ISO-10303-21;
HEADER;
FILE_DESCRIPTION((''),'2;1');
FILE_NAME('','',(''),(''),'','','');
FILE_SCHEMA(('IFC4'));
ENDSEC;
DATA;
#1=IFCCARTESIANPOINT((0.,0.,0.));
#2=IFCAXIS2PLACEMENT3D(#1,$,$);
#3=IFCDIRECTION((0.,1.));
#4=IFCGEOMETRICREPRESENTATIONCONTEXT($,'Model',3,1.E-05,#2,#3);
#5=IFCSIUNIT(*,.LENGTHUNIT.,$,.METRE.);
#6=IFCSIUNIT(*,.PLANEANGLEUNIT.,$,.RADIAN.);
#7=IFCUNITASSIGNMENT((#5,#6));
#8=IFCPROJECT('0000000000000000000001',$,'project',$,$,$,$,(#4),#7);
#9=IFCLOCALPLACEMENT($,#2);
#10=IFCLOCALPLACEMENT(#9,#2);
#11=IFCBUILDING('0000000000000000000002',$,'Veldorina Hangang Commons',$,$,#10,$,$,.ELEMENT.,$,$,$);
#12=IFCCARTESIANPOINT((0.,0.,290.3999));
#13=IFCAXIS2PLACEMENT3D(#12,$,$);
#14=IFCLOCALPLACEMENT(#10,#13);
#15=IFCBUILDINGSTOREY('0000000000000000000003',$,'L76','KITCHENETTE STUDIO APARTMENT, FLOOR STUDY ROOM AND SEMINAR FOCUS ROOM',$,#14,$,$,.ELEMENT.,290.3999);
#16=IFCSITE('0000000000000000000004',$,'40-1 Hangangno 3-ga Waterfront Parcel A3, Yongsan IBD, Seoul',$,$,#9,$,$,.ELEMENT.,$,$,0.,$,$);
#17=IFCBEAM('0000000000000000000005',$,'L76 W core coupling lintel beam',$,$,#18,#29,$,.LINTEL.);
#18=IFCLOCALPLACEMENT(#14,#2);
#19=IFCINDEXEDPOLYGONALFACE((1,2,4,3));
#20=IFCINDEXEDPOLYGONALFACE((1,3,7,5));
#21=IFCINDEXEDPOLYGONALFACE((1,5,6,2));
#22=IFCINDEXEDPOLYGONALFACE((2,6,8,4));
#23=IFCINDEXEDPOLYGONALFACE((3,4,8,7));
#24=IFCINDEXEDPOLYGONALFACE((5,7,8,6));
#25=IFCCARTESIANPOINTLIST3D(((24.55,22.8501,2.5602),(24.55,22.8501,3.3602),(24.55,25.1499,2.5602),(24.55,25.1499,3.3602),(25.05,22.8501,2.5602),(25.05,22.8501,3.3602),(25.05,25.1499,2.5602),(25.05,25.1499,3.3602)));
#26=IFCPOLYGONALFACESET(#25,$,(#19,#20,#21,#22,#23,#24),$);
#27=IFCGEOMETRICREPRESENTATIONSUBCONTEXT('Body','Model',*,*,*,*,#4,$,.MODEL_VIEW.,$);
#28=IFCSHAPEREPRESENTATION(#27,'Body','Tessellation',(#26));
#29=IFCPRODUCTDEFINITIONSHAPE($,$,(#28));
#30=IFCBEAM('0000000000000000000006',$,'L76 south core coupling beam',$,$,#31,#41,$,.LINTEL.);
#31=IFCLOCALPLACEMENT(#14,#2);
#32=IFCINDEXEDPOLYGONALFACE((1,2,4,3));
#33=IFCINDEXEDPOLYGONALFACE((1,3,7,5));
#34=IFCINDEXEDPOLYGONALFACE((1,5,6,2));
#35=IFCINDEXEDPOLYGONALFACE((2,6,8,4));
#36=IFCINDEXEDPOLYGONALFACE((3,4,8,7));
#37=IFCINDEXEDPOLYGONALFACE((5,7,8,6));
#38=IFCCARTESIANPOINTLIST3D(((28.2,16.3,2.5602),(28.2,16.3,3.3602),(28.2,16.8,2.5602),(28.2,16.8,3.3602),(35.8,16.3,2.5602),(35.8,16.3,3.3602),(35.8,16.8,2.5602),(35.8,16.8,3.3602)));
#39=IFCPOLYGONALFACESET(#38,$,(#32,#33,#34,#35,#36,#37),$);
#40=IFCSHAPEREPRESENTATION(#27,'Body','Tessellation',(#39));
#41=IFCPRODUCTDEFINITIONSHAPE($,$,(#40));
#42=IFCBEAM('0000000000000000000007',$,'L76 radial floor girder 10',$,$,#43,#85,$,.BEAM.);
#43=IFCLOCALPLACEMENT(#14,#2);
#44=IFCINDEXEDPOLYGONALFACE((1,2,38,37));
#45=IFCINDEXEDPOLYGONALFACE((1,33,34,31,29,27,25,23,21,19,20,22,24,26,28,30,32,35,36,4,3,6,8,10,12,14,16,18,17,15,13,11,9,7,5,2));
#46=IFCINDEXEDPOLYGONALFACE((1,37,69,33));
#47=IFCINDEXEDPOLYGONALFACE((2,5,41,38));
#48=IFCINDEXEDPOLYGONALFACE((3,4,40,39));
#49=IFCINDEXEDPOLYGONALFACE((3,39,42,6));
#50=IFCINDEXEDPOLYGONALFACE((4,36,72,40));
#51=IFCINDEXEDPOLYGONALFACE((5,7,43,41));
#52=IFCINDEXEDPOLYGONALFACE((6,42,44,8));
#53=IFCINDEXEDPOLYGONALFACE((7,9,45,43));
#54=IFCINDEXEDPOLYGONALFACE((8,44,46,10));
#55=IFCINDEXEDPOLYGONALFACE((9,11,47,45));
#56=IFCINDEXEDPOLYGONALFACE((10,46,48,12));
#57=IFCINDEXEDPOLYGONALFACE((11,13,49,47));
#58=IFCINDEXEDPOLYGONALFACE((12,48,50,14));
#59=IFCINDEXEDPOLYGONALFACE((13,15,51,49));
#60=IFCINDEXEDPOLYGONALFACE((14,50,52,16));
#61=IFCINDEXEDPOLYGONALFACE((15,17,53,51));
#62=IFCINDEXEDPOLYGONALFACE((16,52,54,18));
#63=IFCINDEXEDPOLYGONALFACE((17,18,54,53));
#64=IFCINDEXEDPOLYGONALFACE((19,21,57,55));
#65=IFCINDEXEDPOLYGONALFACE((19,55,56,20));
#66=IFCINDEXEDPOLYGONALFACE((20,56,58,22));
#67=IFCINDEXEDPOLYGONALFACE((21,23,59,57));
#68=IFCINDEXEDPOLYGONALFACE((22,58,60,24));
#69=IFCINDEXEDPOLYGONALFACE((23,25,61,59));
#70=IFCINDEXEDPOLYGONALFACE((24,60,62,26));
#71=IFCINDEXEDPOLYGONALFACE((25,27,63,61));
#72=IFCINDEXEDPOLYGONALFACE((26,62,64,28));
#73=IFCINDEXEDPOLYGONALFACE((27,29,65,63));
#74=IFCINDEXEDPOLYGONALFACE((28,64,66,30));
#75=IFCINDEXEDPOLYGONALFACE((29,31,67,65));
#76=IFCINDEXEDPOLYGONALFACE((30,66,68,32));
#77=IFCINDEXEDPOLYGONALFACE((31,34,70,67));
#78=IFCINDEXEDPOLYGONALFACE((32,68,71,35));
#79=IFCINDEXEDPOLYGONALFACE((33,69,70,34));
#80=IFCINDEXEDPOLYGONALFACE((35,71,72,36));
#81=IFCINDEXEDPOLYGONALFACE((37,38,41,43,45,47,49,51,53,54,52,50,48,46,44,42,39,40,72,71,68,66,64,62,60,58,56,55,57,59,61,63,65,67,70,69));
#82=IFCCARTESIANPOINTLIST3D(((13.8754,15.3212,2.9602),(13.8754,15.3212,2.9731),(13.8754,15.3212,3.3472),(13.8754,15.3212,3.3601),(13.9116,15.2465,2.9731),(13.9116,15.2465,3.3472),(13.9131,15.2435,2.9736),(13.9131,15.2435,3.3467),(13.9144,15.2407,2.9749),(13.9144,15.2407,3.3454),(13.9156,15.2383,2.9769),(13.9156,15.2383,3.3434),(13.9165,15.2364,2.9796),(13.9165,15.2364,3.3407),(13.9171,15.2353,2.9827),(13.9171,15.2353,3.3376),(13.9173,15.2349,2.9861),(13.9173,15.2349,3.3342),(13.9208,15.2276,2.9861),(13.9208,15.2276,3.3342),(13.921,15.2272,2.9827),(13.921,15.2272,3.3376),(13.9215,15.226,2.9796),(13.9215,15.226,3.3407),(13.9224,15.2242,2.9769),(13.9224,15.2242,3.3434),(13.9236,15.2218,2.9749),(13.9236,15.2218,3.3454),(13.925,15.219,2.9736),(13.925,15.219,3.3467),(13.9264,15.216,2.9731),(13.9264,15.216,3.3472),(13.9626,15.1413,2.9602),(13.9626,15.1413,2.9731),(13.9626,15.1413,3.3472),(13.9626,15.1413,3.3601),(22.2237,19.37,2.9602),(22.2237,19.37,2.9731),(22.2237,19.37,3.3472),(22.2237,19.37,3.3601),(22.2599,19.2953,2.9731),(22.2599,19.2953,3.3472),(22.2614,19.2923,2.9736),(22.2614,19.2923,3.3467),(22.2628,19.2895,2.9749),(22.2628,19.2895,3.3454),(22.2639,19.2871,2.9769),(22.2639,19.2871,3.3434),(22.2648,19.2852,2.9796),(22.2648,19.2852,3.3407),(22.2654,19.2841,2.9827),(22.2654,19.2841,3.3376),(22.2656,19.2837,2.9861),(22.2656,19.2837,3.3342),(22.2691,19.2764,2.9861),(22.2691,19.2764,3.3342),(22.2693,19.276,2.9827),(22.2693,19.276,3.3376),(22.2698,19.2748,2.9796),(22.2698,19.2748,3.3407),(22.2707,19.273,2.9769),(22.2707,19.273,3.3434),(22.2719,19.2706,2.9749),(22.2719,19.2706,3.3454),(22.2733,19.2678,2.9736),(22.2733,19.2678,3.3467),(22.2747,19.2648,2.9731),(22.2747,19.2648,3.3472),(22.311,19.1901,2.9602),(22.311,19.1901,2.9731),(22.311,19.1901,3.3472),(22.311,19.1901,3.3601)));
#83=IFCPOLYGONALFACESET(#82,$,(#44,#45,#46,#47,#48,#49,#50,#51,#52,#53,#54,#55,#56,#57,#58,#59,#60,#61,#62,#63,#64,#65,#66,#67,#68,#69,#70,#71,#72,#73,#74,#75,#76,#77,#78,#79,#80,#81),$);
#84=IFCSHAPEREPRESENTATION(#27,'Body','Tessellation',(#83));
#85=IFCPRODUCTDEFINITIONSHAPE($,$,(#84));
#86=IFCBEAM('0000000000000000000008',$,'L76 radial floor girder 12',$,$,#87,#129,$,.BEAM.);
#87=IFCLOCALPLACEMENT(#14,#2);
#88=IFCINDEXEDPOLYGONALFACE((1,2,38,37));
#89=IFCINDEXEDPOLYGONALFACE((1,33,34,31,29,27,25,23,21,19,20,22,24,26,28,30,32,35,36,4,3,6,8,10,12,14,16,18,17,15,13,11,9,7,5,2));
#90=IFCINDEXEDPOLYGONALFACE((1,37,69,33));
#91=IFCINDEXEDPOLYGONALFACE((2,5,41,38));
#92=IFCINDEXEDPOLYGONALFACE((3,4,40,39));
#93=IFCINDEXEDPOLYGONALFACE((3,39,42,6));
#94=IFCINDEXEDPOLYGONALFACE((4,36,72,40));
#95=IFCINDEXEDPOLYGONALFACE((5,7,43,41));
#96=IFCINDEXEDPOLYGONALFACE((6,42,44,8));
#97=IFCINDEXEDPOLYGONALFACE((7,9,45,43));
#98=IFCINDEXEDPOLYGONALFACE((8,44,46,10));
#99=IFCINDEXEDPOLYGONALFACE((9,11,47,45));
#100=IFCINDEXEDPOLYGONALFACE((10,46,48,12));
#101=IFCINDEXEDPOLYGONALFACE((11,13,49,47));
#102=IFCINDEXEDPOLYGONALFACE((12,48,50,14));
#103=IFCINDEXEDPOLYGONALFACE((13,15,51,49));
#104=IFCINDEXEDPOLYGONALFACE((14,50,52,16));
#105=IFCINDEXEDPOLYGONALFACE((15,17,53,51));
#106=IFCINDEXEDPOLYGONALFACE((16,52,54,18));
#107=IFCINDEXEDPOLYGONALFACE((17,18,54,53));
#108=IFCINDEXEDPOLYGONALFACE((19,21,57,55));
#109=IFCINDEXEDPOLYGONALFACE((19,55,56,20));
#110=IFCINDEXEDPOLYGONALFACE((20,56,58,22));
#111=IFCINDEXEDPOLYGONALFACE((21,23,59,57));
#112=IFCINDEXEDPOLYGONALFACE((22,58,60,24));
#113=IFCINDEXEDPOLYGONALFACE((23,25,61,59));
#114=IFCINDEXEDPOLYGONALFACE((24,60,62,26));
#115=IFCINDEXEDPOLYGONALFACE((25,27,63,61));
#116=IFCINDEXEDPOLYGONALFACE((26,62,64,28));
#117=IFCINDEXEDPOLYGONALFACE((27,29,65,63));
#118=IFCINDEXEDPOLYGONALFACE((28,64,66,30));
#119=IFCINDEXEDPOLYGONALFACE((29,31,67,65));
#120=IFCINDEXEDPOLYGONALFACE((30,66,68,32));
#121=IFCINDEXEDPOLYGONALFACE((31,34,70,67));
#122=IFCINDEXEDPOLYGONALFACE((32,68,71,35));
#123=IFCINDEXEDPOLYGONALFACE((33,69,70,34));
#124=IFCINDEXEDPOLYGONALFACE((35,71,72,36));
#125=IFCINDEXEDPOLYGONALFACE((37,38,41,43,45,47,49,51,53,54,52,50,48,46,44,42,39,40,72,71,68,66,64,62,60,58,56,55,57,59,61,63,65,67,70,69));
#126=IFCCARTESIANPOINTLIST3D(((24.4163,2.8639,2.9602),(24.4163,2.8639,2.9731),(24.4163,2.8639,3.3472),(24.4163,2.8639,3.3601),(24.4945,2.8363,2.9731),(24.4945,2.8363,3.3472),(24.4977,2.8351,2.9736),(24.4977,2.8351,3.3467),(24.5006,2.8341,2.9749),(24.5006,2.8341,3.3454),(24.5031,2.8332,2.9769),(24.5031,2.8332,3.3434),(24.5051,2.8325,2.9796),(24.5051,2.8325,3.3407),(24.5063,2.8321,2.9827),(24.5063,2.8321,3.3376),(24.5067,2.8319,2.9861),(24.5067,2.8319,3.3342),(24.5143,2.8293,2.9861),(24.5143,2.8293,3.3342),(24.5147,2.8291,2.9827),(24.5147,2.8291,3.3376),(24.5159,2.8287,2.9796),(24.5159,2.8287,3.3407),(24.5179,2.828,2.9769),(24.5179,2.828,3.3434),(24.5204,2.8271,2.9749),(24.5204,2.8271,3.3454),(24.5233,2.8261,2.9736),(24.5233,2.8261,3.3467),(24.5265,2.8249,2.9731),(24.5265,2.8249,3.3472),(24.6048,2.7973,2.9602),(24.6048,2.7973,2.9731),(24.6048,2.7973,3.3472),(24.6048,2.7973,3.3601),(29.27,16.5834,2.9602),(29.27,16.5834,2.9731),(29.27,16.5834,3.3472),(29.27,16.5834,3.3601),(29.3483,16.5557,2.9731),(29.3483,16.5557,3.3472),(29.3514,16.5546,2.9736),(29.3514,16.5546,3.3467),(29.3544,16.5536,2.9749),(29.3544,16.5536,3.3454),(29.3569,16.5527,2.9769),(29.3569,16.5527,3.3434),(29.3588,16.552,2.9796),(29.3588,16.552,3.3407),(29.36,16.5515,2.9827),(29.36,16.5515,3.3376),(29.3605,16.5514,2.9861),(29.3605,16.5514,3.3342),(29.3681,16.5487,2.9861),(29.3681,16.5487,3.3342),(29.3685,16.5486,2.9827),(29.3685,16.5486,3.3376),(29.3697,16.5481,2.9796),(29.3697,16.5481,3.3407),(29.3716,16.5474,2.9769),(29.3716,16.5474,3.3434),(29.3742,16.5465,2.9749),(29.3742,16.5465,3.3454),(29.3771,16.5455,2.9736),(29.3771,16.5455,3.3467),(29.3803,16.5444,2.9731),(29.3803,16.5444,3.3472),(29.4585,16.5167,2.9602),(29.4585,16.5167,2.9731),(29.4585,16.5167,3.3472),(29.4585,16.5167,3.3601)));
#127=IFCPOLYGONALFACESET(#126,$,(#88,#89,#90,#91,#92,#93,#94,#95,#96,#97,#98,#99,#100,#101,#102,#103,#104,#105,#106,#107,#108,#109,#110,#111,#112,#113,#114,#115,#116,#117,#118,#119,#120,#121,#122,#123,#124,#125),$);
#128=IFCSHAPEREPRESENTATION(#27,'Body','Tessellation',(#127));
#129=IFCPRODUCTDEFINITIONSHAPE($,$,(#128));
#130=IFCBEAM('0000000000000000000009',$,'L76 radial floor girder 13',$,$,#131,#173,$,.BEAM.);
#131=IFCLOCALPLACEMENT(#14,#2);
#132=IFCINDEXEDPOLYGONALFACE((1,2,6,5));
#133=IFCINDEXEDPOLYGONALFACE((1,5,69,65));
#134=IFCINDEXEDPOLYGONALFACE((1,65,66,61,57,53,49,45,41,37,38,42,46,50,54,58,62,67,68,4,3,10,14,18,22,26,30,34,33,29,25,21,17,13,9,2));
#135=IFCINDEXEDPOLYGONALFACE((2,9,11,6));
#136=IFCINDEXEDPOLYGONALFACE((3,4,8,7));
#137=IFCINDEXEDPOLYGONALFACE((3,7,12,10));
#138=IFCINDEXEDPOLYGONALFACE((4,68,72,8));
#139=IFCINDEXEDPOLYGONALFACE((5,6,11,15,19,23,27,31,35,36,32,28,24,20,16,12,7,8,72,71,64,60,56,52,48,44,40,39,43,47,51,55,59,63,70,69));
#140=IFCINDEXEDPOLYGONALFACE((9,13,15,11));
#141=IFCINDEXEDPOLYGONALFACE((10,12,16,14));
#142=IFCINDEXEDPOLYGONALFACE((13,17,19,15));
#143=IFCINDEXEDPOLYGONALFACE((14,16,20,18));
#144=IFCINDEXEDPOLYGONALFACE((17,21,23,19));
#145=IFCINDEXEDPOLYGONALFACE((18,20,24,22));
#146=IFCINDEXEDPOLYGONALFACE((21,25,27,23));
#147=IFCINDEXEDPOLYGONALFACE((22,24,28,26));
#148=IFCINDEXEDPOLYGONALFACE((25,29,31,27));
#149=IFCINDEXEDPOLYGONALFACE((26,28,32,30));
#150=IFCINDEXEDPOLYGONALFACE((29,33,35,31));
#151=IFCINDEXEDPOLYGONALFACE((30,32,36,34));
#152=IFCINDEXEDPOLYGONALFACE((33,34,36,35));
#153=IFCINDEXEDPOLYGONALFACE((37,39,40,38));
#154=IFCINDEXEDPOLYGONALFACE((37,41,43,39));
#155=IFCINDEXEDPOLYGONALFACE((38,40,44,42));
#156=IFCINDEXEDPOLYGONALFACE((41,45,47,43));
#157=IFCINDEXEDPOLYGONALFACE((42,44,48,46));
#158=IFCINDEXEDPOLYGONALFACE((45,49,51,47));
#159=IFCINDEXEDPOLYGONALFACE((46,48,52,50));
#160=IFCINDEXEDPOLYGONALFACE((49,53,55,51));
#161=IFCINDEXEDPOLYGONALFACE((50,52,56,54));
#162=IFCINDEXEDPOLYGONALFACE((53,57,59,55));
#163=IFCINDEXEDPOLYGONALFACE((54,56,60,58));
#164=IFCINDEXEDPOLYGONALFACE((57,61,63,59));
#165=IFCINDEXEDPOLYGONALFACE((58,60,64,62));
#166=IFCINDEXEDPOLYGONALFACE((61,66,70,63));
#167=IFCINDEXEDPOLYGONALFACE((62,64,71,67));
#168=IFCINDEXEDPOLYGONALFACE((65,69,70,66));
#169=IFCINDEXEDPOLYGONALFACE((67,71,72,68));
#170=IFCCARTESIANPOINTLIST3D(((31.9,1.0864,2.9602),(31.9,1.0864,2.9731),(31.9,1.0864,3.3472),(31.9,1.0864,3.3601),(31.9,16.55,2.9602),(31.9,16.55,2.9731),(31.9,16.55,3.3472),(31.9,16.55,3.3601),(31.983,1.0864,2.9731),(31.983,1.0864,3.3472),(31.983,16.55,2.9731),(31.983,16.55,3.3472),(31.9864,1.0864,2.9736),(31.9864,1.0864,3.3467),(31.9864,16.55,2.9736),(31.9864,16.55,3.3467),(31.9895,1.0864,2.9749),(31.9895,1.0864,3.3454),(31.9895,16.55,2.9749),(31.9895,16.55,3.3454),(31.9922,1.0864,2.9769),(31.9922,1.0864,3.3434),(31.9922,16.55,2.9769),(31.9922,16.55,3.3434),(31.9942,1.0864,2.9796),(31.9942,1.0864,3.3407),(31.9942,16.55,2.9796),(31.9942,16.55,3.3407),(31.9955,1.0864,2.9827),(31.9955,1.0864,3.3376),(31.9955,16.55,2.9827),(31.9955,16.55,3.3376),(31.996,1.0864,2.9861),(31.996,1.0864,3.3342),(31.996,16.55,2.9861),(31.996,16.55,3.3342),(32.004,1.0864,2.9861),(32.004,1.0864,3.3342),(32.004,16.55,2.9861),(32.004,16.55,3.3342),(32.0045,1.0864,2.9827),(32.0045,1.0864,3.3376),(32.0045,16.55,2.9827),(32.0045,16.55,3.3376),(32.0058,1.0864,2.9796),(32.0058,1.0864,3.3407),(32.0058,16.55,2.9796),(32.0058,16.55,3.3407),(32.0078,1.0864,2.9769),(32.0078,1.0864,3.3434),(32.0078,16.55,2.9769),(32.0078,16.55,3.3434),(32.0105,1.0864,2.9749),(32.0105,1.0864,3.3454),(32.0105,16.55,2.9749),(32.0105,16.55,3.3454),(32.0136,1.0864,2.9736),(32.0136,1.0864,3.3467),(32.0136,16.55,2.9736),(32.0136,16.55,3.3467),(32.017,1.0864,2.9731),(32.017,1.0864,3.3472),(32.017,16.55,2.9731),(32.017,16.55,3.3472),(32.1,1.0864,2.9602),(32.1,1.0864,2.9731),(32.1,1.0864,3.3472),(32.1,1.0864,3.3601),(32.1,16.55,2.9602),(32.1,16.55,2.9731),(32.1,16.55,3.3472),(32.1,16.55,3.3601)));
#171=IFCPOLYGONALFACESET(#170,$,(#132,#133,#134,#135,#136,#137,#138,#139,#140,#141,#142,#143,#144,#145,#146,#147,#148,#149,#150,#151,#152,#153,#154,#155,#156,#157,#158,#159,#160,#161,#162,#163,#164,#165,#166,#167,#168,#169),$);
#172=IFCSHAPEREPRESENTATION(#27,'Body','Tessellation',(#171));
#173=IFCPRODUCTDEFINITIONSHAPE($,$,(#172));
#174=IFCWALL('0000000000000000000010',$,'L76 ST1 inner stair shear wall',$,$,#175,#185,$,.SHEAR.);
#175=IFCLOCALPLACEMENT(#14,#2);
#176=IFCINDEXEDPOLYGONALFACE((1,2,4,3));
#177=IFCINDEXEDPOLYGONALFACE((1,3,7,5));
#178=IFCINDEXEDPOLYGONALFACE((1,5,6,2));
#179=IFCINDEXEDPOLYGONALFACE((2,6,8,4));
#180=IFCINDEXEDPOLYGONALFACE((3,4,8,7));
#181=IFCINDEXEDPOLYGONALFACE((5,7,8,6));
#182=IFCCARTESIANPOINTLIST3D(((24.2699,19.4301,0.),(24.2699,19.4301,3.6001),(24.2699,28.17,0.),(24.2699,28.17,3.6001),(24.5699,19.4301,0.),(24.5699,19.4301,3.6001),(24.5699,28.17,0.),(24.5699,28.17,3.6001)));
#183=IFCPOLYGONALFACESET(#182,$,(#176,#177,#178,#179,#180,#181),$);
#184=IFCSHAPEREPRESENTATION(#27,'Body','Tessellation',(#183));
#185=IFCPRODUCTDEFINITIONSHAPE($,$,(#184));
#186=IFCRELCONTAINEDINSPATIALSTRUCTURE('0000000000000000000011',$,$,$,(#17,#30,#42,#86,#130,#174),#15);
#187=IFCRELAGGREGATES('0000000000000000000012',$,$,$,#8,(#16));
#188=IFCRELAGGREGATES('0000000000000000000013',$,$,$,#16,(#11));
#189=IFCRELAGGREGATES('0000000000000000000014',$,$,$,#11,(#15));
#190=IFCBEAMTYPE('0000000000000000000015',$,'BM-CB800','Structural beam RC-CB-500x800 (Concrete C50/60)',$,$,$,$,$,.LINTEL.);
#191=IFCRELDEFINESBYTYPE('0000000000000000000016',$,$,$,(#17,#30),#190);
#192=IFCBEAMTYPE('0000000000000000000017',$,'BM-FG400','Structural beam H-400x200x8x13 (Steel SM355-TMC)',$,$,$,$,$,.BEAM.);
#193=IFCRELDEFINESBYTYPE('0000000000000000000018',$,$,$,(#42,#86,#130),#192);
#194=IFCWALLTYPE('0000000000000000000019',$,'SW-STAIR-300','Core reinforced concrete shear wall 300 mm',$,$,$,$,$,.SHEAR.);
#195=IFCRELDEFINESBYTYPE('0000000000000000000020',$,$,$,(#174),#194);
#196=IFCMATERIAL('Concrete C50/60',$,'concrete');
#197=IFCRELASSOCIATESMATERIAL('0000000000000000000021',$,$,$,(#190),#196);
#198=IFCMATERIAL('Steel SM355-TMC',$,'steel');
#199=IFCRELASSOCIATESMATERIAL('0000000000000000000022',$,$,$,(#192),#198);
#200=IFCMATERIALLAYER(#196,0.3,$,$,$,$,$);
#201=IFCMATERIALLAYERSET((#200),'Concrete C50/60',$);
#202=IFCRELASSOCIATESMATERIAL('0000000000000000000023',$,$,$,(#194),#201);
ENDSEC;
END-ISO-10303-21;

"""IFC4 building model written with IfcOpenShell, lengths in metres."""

from ifc_helpers import new_model, si_unit, direction, frame, frame_2d, origin, origin_2d, place, context, subcontext, project, spatial, rectangle, i_section, extrude, material, layer, layer_set, material_profile, profile_set, type_object, element, save


model = new_model("IFC4")

# Units and contexts
model_context = context("Model", 3, precision=1e-05, world=origin(), true_north=direction((0.0, 1.0)))
body_context = subcontext(model_context, "Body", "Model", "MODEL_VIEW")
ifc_project = project(units=[si_unit("LENGTHUNIT", "METRE"), si_unit("PLANEANGLEUNIT", "RADIAN")], contexts=[model_context])

# Site, building, storey
site_placement = place(None, origin())
site = spatial("IfcSite", under=ifc_project, at=site_placement, Name="40-1 Hangangno 3-ga Waterfront Parcel A3, Yongsan IBD, Seoul", CompositionType="ELEMENT", RefElevation=0.0)
building_placement = place(site_placement, origin())
building = spatial("IfcBuilding", under=site, at=building_placement, Name="Veldorina Hangang Commons", CompositionType="ELEMENT")
storey_placement = place(building_placement, frame((0.0, 0.0, 290.3999)))
storey = spatial("IfcBuildingStorey", under=building, at=storey_placement, Name="L76", Description="KITCHENETTE STUDIO APARTMENT, FLOOR STUDY ROOM AND SEMINAR FOCUS ROOM", CompositionType="ELEMENT", Elevation=290.3999)

# Beams
ifc_material_1 = material(Name="Concrete C50/60", Category="concrete")
ifc_material_profile_1 = material_profile(ifc_material_1, rectangle(XDim=0.5, YDim=0.8, at=origin_2d()), Name="RC-CB-500x800")
ifc_profile_set_1 = profile_set([ifc_material_profile_1], Name="Concrete C50/60")
beam_type_1 = type_object("IfcBeamType", Name="BM-CB800", Description="Structural beam RC-CB-500x800 (Concrete C50/60)", PredefinedType="LINTEL", material=ifc_profile_set_1)
beam_1_placement = place(storey_placement, frame((24.8, 22.8501, 2.9602), z_axis=(0.0, 1.0, 0.0), x_axis=(-1.0, 0.0, 0.0)))
element("IfcBeam", 1, at=beam_1_placement, inside=storey, type_object=beam_type_1, Name="L76 W core coupling lintel beam", PredefinedType="LINTEL", context=body_context, shape_type="SweptSolid", body=[
    extrude(rectangle(XDim=0.5, YDim=0.8, at=origin_2d()), origin(), (0.0, 0.0, 1.0), 2.2998),
])
beam_2_placement = place(storey_placement, frame((28.2, 16.55, 2.9602), z_axis=(1.0, 0.0, 0.0), x_axis=(0.0, 1.0, 0.0)))
element("IfcBeam", 2, at=beam_2_placement, inside=storey, type_object=beam_type_1, Name="L76 south core coupling beam", PredefinedType="LINTEL", context=body_context, shape_type="SweptSolid", body=[
    extrude(rectangle(XDim=0.5, YDim=0.8, at=origin_2d()), origin(), (0.0, 0.0, 1.0), 7.6001),
])
ifc_material_2 = material(Name="Steel SM355-TMC", Category="steel")
ifc_material_profile_2 = material_profile(ifc_material_2, i_section(OverallWidth=0.2, OverallDepth=0.3999, WebThickness=0.0081, FlangeThickness=0.0129, FilletRadius=0.0129, at=origin_2d()), Name="H-400x200x8x13")
ifc_profile_set_2 = profile_set([ifc_material_profile_2], Name="Steel SM355-TMC")
beam_type_2 = type_object("IfcBeamType", Name="BM-FG400", Description="Structural beam H-400x200x8x13 (Steel SM355-TMC)", PredefinedType="BEAM", material=ifc_profile_set_2)
beam_3_placement = place(storey_placement, frame((22.2673, 19.28, 3.1602), z_axis=(-0.899767, -0.436372, 0.0), x_axis=(0.436372, -0.899767, 0.0)))
element("IfcBeam", 3, at=beam_3_placement, inside=storey, type_object=beam_type_2, Name="L76 radial floor girder 10", PredefinedType="BEAM", context=body_context, shape_type="SweptSolid", body=[
    extrude(i_section(OverallWidth=0.2, OverallDepth=0.3999, WebThickness=0.0081, FlangeThickness=0.0129, FilletRadius=0.0129, at=origin_2d()), origin(), (0.0, 0.0, 1.0), 9.2783),
])
beam_4_placement = place(storey_placement, frame((29.3643, 16.55, 3.1602), z_axis=(-0.333528, -0.94274, 0.0), x_axis=(0.94274, -0.333528, 0.0)))
element("IfcBeam", 4, at=beam_4_placement, inside=storey, type_object=beam_type_2, Name="L76 radial floor girder 12", PredefinedType="BEAM", context=body_context, shape_type="SweptSolid", body=[
    extrude(i_section(OverallWidth=0.2, OverallDepth=0.3999, WebThickness=0.0081, FlangeThickness=0.0129, FilletRadius=0.0129, at=origin_2d()), origin(), (0.0, 0.0, 1.0), 14.5527),
])
beam_5_placement = place(storey_placement, frame((32.0, 16.55, 3.1602), z_axis=(0.0, -1.0, 0.0), x_axis=(1.0, 0.0, 0.0)))
element("IfcBeam", 5, at=beam_5_placement, inside=storey, type_object=beam_type_2, Name="L76 radial floor girder 13", PredefinedType="BEAM", context=body_context, shape_type="SweptSolid", body=[
    extrude(i_section(OverallWidth=0.2, OverallDepth=0.3999, WebThickness=0.0081, FlangeThickness=0.0129, FilletRadius=0.0129, at=origin_2d()), origin(), (0.0, 0.0, 1.0), 15.4636),
])

# Wall
ifc_layer_1 = layer(ifc_material_1, 0.3)
ifc_layer_set_1 = layer_set([ifc_layer_1], Name="Concrete C50/60")
wall_type_1 = type_object("IfcWallType", Name="SW-STAIR-300", Description="Core reinforced concrete shear wall 300 mm", PredefinedType="SHEAR", material=ifc_layer_set_1)
wall_1_placement = place(storey_placement, frame((24.4199, 19.4299, 0.0), z_axis=(0.0, 0.0, 1.0), x_axis=(0.0, 1.0, 0.0)))
element("IfcWall", 6, at=wall_1_placement, inside=storey, type_object=wall_type_1, Name="L76 ST1 inner stair shear wall", PredefinedType="SHEAR", context=body_context, shape_type="SweptSolid", body=[
    extrude(rectangle(XDim=8.74, YDim=0.3, at=frame_2d((4.3701, 0.0))), origin(), (0.0, 0.0, 1.0), 3.6001),
])

save(model, "model.ifc")
